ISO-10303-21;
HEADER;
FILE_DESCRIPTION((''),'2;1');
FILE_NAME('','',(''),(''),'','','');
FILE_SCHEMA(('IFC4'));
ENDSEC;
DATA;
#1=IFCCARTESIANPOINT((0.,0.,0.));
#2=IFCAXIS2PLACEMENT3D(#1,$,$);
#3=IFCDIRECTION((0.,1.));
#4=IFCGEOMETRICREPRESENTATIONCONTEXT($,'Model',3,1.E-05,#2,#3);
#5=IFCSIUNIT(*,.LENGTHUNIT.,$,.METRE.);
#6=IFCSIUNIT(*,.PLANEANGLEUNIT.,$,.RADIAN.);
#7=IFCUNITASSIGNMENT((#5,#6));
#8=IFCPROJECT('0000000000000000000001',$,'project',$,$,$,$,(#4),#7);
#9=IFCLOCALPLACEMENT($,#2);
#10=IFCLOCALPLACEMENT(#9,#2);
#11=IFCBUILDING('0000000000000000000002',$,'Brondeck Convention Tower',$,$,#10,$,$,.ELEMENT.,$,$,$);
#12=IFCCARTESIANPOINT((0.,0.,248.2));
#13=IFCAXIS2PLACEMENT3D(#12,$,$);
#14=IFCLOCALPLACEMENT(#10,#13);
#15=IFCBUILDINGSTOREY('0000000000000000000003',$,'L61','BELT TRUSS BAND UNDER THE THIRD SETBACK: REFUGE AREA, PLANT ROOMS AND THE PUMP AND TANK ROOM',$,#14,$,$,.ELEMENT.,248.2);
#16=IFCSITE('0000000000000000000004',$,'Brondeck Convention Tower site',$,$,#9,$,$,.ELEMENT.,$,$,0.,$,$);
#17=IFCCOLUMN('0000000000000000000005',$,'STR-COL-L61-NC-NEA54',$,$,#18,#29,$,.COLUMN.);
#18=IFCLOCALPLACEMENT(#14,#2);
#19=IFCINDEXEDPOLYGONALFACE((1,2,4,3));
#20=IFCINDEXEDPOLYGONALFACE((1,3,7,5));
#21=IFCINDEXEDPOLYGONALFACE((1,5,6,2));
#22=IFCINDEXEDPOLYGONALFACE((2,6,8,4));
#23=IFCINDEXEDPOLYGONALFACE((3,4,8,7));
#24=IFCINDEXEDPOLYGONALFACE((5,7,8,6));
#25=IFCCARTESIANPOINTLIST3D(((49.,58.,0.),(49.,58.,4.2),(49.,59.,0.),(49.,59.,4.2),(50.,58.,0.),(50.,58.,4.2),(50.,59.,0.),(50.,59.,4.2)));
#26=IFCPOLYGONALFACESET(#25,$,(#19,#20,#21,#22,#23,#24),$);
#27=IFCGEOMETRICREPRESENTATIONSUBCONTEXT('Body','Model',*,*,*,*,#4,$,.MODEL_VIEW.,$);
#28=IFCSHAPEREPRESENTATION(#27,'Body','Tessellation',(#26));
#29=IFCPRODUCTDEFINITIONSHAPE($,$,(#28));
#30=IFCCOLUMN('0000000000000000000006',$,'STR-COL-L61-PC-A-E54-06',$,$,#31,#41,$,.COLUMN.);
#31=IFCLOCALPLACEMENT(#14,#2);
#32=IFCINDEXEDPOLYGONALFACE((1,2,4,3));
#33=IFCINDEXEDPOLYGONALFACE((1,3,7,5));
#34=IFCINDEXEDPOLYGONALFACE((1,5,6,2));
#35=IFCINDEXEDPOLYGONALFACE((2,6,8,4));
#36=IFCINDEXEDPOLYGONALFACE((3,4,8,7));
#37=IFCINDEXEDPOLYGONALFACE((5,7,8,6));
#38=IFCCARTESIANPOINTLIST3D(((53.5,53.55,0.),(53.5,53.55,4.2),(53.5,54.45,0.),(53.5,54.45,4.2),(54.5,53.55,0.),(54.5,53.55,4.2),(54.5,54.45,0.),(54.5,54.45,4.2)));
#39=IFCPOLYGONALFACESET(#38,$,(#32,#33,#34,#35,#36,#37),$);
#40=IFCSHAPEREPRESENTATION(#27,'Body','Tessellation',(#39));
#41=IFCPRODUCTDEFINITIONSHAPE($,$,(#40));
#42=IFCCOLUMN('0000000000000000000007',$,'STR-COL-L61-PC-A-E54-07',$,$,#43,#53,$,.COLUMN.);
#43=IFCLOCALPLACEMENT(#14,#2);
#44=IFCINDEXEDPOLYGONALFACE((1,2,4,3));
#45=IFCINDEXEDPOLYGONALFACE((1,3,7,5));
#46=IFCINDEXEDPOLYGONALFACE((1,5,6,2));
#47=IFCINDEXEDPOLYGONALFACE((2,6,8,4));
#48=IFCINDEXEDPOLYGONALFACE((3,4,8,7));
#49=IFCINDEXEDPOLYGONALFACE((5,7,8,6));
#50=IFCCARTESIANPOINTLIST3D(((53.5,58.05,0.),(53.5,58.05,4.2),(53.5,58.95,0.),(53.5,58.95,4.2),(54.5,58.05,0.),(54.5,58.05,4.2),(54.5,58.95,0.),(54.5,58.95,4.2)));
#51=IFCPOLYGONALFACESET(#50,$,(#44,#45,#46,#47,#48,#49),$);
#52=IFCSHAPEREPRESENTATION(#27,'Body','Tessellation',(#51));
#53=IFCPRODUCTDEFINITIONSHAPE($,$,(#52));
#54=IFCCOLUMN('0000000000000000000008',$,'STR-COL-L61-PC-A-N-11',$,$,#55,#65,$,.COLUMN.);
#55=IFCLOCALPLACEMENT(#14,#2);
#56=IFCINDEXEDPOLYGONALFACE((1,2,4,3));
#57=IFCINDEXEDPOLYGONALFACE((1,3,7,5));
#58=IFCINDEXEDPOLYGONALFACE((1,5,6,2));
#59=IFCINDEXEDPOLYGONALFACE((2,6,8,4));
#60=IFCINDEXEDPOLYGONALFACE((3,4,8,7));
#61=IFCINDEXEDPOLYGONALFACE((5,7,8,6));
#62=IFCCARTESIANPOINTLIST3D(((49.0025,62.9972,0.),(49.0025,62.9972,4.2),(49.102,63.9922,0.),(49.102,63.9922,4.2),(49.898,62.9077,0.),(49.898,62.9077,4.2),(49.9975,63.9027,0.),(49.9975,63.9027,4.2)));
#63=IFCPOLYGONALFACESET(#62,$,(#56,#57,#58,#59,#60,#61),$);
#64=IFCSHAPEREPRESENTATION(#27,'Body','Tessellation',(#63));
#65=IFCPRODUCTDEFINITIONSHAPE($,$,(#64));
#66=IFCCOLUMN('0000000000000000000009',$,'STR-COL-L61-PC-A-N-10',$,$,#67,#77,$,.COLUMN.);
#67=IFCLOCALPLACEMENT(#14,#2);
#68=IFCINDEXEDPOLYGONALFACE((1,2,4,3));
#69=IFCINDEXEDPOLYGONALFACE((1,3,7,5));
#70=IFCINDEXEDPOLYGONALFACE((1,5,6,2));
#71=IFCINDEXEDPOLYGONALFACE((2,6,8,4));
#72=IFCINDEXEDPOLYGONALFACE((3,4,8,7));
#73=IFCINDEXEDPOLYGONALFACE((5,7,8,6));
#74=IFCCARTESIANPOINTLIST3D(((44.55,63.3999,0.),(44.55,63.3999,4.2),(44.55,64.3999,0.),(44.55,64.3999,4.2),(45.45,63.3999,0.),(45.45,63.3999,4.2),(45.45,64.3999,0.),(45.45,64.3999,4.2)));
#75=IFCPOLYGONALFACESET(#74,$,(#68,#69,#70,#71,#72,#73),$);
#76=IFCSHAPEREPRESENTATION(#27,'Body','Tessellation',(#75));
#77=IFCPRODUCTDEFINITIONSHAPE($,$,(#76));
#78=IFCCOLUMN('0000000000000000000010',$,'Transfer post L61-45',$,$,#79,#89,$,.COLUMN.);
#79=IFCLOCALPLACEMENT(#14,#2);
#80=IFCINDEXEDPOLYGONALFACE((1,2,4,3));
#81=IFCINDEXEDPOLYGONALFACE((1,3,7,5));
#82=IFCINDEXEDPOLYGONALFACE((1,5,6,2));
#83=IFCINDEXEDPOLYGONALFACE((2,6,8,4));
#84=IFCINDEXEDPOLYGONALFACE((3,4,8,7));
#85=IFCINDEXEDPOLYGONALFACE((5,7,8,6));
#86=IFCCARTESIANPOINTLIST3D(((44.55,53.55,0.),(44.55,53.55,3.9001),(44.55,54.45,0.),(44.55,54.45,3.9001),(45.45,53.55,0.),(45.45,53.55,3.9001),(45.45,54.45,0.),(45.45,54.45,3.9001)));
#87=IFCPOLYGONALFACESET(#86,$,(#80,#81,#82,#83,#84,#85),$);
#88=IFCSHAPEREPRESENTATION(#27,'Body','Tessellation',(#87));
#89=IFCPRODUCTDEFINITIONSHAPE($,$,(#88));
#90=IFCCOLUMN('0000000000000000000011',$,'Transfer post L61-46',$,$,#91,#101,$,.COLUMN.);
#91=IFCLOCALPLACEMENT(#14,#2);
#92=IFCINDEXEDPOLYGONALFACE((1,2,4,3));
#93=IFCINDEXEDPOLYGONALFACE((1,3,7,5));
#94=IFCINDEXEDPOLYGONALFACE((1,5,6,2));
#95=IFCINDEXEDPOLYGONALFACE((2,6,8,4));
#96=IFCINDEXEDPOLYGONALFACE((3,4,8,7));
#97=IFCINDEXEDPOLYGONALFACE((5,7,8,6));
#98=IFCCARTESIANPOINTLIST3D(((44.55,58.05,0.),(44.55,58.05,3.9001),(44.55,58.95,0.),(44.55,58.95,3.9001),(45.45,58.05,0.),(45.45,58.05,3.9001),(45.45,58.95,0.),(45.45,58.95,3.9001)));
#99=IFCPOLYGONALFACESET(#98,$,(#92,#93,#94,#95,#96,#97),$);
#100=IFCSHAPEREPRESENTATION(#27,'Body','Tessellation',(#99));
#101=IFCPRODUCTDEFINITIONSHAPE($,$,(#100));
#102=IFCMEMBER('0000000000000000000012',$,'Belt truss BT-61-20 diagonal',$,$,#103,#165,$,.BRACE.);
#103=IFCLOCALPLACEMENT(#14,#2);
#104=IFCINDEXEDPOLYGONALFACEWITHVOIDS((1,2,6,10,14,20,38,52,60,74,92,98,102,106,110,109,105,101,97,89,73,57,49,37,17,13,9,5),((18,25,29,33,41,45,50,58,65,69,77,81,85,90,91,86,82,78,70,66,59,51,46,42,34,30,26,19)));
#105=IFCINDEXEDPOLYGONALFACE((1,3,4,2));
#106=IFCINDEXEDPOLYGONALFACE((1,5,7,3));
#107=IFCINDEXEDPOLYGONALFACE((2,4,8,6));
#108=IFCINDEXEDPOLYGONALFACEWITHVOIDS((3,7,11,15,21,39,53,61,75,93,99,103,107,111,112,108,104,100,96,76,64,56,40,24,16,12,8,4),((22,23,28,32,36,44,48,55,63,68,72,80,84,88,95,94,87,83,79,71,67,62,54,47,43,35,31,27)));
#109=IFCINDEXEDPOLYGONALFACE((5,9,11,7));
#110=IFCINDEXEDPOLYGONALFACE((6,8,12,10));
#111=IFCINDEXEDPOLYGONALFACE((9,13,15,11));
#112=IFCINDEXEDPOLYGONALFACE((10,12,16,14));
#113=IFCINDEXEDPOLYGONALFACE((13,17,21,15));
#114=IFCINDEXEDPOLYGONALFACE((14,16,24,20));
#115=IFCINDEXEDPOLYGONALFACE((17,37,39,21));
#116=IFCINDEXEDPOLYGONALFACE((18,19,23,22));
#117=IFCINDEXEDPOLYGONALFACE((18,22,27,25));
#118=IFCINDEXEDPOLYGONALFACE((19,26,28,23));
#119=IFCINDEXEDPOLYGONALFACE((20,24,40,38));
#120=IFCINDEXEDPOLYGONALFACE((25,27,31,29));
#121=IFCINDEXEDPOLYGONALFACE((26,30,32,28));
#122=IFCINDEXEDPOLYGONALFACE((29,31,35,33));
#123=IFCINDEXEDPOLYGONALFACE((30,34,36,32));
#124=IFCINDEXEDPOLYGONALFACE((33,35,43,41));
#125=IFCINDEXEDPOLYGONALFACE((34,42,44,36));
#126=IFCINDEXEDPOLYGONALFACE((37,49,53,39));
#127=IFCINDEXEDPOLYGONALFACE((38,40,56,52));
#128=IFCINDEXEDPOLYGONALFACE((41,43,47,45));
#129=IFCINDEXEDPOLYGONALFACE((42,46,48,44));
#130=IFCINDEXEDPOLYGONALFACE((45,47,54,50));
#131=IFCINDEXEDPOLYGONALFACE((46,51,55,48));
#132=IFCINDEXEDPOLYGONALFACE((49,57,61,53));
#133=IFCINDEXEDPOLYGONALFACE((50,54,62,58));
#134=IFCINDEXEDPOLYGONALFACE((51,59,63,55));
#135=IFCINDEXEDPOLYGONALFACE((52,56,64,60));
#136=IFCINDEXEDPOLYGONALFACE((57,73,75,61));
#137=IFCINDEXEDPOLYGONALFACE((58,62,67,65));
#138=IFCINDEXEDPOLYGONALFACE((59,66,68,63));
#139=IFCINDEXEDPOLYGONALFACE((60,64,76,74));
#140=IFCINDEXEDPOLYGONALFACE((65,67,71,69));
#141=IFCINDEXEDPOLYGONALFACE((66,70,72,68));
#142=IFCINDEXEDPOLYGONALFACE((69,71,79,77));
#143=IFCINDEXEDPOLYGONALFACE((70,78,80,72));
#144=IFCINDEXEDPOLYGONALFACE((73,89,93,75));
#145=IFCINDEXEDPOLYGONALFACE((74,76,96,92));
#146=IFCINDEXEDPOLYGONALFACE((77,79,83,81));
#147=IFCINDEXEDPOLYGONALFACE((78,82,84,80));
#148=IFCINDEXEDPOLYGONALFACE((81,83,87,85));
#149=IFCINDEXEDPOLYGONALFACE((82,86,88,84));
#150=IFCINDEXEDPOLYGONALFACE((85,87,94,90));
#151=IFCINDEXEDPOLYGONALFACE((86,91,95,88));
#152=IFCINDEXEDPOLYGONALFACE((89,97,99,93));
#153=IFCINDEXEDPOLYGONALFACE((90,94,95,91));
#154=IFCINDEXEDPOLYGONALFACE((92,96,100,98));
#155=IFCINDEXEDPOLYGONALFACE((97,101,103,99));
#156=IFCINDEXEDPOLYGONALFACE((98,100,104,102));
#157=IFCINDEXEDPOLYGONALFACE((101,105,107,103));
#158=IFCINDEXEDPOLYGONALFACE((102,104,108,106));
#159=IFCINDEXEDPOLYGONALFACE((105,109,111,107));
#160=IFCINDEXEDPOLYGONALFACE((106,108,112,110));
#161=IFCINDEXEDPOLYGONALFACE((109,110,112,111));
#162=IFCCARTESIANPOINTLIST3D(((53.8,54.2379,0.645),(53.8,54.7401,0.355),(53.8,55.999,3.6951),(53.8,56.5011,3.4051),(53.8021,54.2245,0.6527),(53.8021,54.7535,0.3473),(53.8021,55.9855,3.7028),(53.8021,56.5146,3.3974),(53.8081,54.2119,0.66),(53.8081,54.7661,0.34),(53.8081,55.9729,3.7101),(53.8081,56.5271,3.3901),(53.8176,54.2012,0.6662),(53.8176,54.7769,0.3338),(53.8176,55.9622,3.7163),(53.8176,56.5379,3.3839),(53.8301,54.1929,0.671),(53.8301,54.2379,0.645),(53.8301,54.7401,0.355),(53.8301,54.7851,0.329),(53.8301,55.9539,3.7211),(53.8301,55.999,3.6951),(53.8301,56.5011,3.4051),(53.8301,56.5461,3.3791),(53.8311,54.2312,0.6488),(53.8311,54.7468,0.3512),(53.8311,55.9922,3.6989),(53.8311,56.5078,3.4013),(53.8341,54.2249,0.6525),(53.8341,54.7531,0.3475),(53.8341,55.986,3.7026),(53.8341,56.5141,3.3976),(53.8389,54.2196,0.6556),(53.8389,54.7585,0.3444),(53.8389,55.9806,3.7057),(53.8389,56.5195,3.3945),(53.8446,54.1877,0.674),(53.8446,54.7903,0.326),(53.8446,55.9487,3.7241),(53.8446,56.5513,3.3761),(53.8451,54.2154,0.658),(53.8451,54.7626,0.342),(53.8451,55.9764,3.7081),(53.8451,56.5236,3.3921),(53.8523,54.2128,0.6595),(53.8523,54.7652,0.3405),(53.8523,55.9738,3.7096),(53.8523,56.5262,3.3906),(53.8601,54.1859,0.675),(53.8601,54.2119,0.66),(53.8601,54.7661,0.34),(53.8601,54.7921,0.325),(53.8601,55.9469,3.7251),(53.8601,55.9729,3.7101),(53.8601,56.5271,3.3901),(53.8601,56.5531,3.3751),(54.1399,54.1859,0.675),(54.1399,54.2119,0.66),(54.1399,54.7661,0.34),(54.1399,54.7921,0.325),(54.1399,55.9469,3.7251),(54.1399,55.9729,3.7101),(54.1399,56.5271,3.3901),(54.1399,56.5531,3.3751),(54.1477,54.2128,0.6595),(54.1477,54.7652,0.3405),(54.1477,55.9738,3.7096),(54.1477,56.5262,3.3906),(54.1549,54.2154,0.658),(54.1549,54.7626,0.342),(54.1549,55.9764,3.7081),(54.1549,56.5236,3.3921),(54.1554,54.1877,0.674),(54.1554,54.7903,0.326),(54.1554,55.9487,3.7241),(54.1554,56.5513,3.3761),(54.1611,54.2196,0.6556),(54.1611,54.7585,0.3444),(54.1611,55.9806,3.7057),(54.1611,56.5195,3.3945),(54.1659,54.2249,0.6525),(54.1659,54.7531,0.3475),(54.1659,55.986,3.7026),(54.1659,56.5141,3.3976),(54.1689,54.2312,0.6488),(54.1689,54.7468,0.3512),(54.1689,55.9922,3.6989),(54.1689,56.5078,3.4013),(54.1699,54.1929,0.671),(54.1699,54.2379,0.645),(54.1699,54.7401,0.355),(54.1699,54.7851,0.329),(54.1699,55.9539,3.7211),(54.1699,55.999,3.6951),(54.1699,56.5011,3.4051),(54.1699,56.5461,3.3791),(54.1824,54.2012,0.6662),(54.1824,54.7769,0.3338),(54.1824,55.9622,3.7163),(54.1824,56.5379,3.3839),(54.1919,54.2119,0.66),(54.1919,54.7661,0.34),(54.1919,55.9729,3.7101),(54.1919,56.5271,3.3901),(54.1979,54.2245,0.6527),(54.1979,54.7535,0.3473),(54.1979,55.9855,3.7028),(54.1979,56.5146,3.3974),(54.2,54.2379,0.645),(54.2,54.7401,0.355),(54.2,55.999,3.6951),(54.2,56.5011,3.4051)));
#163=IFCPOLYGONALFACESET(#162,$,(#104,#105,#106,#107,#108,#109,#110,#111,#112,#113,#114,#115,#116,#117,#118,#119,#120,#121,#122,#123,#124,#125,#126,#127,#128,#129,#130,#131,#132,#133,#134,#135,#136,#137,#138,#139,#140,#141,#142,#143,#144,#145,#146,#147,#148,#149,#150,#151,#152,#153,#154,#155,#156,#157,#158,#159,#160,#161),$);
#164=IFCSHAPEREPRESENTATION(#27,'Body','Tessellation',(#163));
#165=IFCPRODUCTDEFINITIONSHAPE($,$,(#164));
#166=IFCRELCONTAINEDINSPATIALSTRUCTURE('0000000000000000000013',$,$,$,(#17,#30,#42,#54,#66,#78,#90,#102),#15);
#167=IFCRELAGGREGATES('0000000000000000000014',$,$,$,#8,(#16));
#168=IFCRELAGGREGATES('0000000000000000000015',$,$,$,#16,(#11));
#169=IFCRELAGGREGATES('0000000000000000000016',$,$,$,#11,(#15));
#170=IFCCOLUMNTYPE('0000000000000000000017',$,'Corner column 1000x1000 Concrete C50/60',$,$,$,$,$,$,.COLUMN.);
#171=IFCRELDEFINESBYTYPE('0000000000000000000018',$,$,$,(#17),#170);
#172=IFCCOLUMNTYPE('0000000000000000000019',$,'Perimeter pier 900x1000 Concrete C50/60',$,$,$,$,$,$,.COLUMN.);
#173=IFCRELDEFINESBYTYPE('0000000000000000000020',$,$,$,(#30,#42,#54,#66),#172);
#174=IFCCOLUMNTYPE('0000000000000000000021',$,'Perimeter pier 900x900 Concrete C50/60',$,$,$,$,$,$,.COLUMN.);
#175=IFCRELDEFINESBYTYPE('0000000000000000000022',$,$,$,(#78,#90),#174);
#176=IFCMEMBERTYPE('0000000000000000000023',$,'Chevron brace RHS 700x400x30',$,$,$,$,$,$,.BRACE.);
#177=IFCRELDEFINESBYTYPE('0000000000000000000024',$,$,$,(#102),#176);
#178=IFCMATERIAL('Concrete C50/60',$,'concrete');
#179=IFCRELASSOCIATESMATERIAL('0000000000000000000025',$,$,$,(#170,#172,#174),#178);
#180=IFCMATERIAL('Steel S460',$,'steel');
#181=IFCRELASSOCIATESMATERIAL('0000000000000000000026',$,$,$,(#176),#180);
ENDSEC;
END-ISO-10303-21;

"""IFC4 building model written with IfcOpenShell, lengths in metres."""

from ifc_helpers import new_model, si_unit, direction, frame, origin, origin_2d, place, context, subcontext, project, spatial, rectangle, hollow_rectangle, extrude, material, material_profile, profile_set, type_object, element, save


model = new_model("IFC4")

# Units and contexts
model_context = context("Model", 3, precision=1e-05, world=origin(), true_north=direction((0.0, 1.0)))
body_context = subcontext(model_context, "Body", "Model", "MODEL_VIEW")
ifc_project = project(units=[si_unit("LENGTHUNIT", "METRE"), si_unit("PLANEANGLEUNIT", "RADIAN")], contexts=[model_context])

# Site, building, storey
site_placement = place(None, origin())
site = spatial("IfcSite", under=ifc_project, at=site_placement, Name="Brondeck Convention Tower site", CompositionType="ELEMENT", RefElevation=0.0)
building_placement = place(site_placement, origin())
building = spatial("IfcBuilding", under=site, at=building_placement, Name="Brondeck Convention Tower", CompositionType="ELEMENT")
storey_placement = place(building_placement, frame((0.0, 0.0, 248.2)))
storey = spatial("IfcBuildingStorey", under=building, at=storey_placement, Name="L61", Description="BELT TRUSS BAND UNDER THE THIRD SETBACK: REFUGE AREA, PLANT ROOMS AND THE PUMP AND TANK ROOM", CompositionType="ELEMENT", Elevation=248.2)

# Columns
ifc_material_1 = material(Name="Concrete C50/60", Category="concrete")
ifc_material_profile_1 = material_profile(ifc_material_1, rectangle(XDim=1.0, YDim=1.0, at=origin_2d()), Name="Corner column 1000x1000 Concrete C50/60")
ifc_profile_set_1 = profile_set([ifc_material_profile_1], Name="Concrete C50/60")
column_type_1 = type_object("IfcColumnType", Name="Corner column 1000x1000 Concrete C50/60", PredefinedType="COLUMN", material=ifc_profile_set_1)
column_placement = place(storey_placement, frame((49.5, 58.5, 0.0), z_axis=(0.0, 0.0, 1.0), x_axis=(1.0, 0.0, 0.0)))
element("IfcColumn", 1, at=column_placement, inside=storey, type_object=column_type_1, Name="STR-COL-L61-NC-NEA54", PredefinedType="COLUMN", context=body_context, shape_type="SweptSolid", body=[
    extrude(rectangle(XDim=1.0, YDim=1.0, at=origin_2d()), origin(), (0.0, 0.0, 1.0), 4.2),
])
ifc_material_profile_2 = material_profile(ifc_material_1, rectangle(XDim=0.8999, YDim=1.0, at=origin_2d()), Name="Perimeter pier 900x1000 Concrete C50/60")
ifc_profile_set_2 = profile_set([ifc_material_profile_2], Name="Concrete C50/60")
column_type_2 = type_object("IfcColumnType", Name="Perimeter pier 900x1000 Concrete C50/60", PredefinedType="COLUMN", material=ifc_profile_set_2)
for number, where, z_axis, x_axis, name in (
    (2, (54.0, 54.0, 0.0), (0.0, 0.0, 1.0), (0.0, 1.0, 0.0), "STR-COL-L61-PC-A-E54-06"),
    (3, (54.0, 58.5, 0.0), (0.0, 0.0, 1.0), (0.0, 1.0, 0.0), "STR-COL-L61-PC-A-E54-07"),
    (4, (49.5, 63.45, 0.0), (0.0, 0.0, 1.0), (-0.995037, 0.099504, 0.0), "STR-COL-L61-PC-A-N-11"),
    (5, (45.0, 63.8999, 0.0), (0.0, 0.0, 1.0), (-1.0, 0.0, 0.0), "STR-COL-L61-PC-A-N-10"),
):
    element("IfcColumn", number, at=place(storey_placement, frame(where, z_axis=z_axis, x_axis=x_axis)), inside=storey, type_object=column_type_2, Name=name, PredefinedType="COLUMN", context=body_context, shape_type="SweptSolid", body=[
        extrude(rectangle(XDim=0.8999, YDim=1.0, at=origin_2d()), origin(), (0.0, 0.0, 1.0), 4.2),
    ])
ifc_material_profile_3 = material_profile(ifc_material_1, rectangle(XDim=0.8999, YDim=0.8999, at=origin_2d()), Name="Perimeter pier 900x900 Concrete C50/60")
ifc_profile_set_3 = profile_set([ifc_material_profile_3], Name="Concrete C50/60")
column_type_3 = type_object("IfcColumnType", Name="Perimeter pier 900x900 Concrete C50/60", PredefinedType="COLUMN", material=ifc_profile_set_3)
for number, where, z_axis, x_axis, name in (
    (6, (45.0, 54.0, 0.0), (0.0, 0.0, 1.0), (0.0, 1.0, 0.0), "Transfer post L61-45"),
    (7, (45.0, 58.5, 0.0), (0.0, 0.0, 1.0), (0.0, 1.0, 0.0), "Transfer post L61-46"),
):
    element("IfcColumn", number, at=place(storey_placement, frame(where, z_axis=z_axis, x_axis=x_axis)), inside=storey, type_object=column_type_3, Name=name, PredefinedType="COLUMN", context=body_context, shape_type="SweptSolid", body=[
        extrude(rectangle(XDim=0.8999, YDim=0.8999, at=origin_2d()), origin(), (0.0, 0.0, 1.0), 3.9001),
    ])

# Member
ifc_material_2 = material(Name="Steel S460", Category="steel")
ifc_material_profile_4 = material_profile(ifc_material_2, hollow_rectangle(XDim=0.3999, YDim=0.7, WallThickness=0.03, InnerFilletRadius=0.03, OuterFilletRadius=0.0601, at=origin_2d()), Name="RHS 700x400x30")
ifc_profile_set_4 = profile_set([ifc_material_profile_4], Name="Steel S460")
member_type_1 = type_object("IfcMemberType", Name="Chevron brace RHS 700x400x30", PredefinedType="BRACE", material=ifc_profile_set_4)
for number, where, z_axis, x_axis, name in (
    (8, (54.0, 54.489, 0.5), (0.0, 0.500008, 0.866021), (-1.0, 0.0, 0.0), "Belt truss BT-61-20 diagonal"),
):
    element("IfcMember", number, at=place(storey_placement, frame(where, z_axis=z_axis, x_axis=x_axis)), inside=storey, type_object=member_type_1, Name=name, PredefinedType="BRACE", context=body_context, shape_type="SweptSolid", body=[
        extrude(hollow_rectangle(XDim=0.3999, YDim=0.7, WallThickness=0.03, InnerFilletRadius=0.03, OuterFilletRadius=0.0601, at=origin_2d()), origin(), (0.0, 0.0, 1.0), 3.522),
    ])

save(model, "model.ifc")
